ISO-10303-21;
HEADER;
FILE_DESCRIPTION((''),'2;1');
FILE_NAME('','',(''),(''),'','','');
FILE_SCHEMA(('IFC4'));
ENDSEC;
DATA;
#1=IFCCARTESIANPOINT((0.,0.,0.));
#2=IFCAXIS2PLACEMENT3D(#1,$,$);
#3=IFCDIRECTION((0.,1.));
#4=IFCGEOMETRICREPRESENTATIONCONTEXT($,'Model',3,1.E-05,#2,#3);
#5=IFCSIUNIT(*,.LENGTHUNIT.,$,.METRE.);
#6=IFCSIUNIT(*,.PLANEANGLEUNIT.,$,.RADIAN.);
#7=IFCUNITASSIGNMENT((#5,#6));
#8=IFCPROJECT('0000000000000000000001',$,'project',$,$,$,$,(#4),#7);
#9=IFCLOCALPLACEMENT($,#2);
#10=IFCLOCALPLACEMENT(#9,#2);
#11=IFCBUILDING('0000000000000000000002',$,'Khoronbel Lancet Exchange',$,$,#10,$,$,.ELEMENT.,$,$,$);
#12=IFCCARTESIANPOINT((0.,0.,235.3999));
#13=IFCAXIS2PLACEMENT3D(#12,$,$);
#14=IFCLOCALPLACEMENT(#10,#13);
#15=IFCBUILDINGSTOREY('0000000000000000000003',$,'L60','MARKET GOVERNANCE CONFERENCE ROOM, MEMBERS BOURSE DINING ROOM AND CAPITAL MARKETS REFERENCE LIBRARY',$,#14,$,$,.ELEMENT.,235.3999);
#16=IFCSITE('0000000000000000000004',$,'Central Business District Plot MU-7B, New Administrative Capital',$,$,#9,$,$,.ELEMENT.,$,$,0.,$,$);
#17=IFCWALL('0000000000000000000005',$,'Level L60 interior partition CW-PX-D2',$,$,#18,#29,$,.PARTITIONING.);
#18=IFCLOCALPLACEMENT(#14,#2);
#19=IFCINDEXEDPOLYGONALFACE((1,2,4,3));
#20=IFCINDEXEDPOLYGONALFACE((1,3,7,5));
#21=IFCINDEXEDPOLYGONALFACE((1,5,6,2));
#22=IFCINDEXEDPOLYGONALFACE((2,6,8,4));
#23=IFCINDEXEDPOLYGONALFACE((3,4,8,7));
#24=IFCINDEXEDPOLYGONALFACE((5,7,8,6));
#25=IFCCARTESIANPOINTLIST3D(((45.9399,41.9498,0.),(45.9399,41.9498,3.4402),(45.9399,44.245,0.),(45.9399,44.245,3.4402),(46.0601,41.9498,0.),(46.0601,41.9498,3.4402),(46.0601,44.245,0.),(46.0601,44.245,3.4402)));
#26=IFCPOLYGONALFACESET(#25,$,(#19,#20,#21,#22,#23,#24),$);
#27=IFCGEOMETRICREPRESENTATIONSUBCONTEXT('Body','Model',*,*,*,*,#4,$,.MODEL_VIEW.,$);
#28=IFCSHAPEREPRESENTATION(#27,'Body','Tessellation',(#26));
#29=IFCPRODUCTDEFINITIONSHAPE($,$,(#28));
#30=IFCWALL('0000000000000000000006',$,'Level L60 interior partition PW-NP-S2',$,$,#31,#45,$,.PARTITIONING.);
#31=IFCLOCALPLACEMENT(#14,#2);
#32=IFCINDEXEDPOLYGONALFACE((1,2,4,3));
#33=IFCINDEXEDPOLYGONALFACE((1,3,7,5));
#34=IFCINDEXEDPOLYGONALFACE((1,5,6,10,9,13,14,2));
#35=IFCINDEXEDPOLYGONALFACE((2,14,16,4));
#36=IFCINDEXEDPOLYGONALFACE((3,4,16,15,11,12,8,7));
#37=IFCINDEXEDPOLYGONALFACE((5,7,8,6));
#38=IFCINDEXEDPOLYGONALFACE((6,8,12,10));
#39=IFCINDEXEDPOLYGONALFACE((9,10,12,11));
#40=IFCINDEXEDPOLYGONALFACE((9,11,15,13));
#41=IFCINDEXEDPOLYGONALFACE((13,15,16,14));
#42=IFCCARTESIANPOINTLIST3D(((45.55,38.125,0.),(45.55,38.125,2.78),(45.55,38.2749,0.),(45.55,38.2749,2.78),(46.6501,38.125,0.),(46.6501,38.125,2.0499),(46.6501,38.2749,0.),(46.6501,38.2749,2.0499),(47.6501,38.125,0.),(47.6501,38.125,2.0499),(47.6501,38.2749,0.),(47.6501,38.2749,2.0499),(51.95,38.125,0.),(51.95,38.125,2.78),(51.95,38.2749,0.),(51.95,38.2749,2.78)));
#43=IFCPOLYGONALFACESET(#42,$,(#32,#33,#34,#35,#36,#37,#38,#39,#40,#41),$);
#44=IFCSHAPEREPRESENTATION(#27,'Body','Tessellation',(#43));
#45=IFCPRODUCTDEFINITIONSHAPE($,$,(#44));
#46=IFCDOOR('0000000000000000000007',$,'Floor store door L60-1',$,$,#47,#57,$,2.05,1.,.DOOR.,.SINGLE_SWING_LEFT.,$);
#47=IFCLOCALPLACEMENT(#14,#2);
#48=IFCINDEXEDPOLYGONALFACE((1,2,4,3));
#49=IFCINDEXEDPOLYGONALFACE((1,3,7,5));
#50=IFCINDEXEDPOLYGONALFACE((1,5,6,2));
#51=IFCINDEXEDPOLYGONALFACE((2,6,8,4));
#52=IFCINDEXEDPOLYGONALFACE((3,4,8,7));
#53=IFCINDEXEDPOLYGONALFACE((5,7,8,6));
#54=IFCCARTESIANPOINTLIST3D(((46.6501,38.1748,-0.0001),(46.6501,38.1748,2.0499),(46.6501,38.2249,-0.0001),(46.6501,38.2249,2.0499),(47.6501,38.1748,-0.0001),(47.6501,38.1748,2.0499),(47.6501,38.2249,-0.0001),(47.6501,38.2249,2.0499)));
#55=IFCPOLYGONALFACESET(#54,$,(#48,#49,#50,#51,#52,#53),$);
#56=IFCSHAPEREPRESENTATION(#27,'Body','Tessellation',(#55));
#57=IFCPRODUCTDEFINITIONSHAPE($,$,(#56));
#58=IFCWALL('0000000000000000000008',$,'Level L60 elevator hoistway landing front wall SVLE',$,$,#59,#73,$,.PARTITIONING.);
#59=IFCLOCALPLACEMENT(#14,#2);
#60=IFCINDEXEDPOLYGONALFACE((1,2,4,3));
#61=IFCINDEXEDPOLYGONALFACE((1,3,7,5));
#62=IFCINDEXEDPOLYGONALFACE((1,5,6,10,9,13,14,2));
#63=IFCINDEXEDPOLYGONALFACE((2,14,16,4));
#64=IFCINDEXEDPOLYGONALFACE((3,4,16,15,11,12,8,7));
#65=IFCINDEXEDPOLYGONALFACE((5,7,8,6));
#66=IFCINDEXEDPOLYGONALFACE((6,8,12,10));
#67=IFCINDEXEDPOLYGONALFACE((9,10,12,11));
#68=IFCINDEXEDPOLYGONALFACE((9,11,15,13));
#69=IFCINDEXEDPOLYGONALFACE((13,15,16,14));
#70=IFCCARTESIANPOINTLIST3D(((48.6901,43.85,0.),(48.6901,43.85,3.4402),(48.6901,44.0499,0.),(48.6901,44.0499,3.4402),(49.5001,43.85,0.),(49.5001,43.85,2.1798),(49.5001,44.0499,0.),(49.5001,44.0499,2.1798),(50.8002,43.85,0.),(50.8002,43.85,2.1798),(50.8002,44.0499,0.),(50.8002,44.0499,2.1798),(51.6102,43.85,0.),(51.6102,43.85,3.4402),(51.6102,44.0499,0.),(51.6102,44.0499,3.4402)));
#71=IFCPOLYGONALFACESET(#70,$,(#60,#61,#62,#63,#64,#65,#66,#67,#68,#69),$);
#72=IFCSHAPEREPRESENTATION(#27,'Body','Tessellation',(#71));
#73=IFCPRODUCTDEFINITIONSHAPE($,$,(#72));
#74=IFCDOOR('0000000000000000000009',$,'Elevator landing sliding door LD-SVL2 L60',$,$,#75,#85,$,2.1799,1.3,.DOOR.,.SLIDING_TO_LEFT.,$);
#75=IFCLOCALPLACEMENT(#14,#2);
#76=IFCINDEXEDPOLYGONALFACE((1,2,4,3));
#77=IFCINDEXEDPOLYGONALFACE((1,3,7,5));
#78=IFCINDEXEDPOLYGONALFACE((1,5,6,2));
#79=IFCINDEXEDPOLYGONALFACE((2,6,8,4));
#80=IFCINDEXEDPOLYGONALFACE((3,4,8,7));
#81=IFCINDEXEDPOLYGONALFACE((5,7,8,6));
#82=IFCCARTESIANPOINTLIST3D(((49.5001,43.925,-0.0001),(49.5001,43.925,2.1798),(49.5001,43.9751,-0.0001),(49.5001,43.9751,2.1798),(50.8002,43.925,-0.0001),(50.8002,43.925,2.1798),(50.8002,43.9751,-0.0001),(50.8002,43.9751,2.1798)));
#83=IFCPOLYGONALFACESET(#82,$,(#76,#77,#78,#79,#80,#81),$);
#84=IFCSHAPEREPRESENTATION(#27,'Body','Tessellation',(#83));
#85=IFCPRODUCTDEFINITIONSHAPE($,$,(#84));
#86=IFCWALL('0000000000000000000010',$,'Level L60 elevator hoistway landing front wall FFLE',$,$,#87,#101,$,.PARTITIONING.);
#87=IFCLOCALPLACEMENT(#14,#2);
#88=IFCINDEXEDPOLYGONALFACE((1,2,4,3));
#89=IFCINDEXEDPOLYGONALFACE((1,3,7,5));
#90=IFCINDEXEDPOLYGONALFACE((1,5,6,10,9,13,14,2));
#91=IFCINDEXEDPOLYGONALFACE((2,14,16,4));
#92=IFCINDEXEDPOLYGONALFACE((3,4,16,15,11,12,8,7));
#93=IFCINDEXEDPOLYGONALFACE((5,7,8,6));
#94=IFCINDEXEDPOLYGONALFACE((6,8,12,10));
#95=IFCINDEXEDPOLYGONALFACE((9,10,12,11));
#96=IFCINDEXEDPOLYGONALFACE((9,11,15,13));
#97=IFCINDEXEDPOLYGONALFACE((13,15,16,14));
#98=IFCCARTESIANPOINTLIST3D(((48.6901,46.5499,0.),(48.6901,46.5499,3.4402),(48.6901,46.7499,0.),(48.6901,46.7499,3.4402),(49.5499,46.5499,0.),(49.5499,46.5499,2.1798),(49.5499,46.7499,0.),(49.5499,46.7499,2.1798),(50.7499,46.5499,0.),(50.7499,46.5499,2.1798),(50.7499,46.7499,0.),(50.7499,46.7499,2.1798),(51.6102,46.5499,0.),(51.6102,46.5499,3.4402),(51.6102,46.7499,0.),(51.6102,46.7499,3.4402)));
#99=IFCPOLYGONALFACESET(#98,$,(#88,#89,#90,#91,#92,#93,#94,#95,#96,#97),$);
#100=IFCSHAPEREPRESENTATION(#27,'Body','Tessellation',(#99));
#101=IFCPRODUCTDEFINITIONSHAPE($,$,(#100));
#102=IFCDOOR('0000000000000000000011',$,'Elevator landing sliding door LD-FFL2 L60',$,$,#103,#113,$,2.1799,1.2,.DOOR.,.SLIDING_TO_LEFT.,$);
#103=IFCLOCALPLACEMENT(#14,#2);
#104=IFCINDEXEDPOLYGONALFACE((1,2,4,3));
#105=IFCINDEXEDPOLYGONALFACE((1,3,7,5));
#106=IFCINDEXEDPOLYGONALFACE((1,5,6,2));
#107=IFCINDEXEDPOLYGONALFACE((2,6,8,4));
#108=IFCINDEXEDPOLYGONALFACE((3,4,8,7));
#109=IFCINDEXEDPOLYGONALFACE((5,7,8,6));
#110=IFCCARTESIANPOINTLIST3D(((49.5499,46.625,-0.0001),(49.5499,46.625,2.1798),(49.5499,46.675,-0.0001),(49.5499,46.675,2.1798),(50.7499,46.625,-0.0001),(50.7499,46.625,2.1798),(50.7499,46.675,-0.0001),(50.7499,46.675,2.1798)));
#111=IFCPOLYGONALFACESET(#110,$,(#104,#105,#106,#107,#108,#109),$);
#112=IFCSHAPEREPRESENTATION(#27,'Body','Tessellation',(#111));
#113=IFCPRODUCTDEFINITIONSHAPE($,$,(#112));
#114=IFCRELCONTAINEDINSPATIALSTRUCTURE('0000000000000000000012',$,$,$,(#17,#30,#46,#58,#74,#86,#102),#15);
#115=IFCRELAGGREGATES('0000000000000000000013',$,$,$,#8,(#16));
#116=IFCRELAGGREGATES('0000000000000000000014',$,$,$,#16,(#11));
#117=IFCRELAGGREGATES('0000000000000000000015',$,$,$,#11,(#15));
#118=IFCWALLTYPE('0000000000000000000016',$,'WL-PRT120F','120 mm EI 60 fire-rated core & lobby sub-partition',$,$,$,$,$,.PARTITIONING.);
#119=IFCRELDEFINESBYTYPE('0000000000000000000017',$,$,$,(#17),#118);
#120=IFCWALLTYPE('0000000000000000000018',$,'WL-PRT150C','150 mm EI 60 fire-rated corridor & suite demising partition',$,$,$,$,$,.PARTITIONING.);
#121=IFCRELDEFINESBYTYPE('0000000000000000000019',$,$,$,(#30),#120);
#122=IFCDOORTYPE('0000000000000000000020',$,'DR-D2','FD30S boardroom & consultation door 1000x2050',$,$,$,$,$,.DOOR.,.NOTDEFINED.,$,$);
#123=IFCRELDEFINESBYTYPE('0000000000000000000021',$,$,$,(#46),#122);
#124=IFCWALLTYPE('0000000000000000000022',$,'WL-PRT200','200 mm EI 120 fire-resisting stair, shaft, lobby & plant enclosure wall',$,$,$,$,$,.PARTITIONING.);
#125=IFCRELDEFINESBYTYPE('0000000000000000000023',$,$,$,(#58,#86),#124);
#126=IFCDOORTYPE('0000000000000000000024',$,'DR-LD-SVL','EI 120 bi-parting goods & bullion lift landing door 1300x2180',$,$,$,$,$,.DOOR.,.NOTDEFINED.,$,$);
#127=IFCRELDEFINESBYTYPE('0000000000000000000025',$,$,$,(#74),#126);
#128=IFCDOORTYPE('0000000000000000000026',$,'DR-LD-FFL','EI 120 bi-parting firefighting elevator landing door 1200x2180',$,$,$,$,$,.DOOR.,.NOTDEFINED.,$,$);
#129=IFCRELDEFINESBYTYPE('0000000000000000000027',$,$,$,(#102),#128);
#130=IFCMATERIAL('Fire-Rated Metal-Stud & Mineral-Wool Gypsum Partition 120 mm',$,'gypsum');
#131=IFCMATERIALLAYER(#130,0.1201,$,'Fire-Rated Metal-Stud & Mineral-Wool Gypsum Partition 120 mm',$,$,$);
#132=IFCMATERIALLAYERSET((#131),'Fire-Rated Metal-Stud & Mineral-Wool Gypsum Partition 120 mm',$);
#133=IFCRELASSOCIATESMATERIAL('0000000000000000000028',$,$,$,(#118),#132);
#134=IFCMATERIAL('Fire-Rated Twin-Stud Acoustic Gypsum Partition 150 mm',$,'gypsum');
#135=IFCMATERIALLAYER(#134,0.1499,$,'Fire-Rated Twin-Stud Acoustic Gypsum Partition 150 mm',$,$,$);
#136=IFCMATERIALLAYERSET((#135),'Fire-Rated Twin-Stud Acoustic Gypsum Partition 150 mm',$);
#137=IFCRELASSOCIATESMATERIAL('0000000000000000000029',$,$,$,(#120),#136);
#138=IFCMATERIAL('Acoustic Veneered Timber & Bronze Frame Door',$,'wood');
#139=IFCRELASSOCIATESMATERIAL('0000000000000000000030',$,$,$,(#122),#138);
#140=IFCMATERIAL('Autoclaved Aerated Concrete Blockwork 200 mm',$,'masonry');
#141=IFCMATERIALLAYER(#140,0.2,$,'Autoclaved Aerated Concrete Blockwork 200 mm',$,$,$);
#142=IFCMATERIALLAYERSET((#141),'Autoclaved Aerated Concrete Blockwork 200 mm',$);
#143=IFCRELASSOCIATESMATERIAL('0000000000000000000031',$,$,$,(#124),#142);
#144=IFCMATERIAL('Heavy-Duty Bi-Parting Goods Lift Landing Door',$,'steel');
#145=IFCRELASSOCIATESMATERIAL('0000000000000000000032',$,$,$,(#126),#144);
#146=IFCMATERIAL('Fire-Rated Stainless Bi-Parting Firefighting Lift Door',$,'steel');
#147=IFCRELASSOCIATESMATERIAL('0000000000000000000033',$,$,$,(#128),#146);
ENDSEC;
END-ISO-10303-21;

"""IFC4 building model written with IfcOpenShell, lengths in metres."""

from ifc_helpers import new_model, si_unit, direction, frame, frame_2d, origin, place, context, subcontext, project, spatial, rectangle, extrude, material, layer, layer_set, type_object, element, fill, save


model = new_model("IFC4")

# Units and contexts
model_context = context("Model", 3, precision=1e-05, world=origin(), true_north=direction((0.0, 1.0)))
body_context = subcontext(model_context, "Body", "Model", "MODEL_VIEW")
ifc_project = project(units=[si_unit("LENGTHUNIT", "METRE"), si_unit("PLANEANGLEUNIT", "RADIAN")], contexts=[model_context])

# Site, building, storey
site_placement = place(None, origin())
site = spatial("IfcSite", under=ifc_project, at=site_placement, Name="Central Business District Plot MU-7B, New Administrative Capital", CompositionType="ELEMENT", RefElevation=0.0)
building_placement = place(site_placement, origin())
building = spatial("IfcBuilding", under=site, at=building_placement, Name="Khoronbel Lancet Exchange", CompositionType="ELEMENT")
storey_placement = place(building_placement, frame((0.0, 0.0, 235.3999)))
storey = spatial("IfcBuildingStorey", under=building, at=storey_placement, Name="L60", Description="MARKET GOVERNANCE CONFERENCE ROOM, MEMBERS BOURSE DINING ROOM AND CAPITAL MARKETS REFERENCE LIBRARY", CompositionType="ELEMENT", Elevation=235.3999)

# Wall
ifc_material_1 = material(Name="Fire-Rated Metal-Stud & Mineral-Wool Gypsum Partition 120 mm", Category="gypsum")
ifc_layer_1 = layer(ifc_material_1, 0.1201, Name="Fire-Rated Metal-Stud & Mineral-Wool Gypsum Partition 120 mm")
ifc_layer_set_1 = layer_set([ifc_layer_1], Name="Fire-Rated Metal-Stud & Mineral-Wool Gypsum Partition 120 mm")
wall_type_1 = type_object("IfcWallType", Name="WL-PRT120F", Description="120 mm EI 60 fire-rated core & lobby sub-partition", PredefinedType="PARTITIONING", material=ifc_layer_set_1)
for number, where, z_axis, x_axis, name in (
    (1, (46.0, 41.95, 0.0), (0.0, 0.0, 1.0), (0.0, 1.0, 0.0), "Level L60 interior partition CW-PX-D2"),
):
    element("IfcWall", number, at=place(storey_placement, frame(where, z_axis=z_axis, x_axis=x_axis)), inside=storey, type_object=wall_type_1, Name=name, PredefinedType="PARTITIONING", context=body_context, shape_type="SweptSolid", body=[
        extrude(rectangle(XDim=2.2952, YDim=0.1201, at=frame_2d((1.1475, 0.0))), origin(), (0.0, 0.0, 1.0), 3.4402),
    ])

# Walls, openings, doors
ifc_material_2 = material(Name="Fire-Rated Twin-Stud Acoustic Gypsum Partition 150 mm", Category="gypsum")
ifc_layer_2 = layer(ifc_material_2, 0.1499, Name="Fire-Rated Twin-Stud Acoustic Gypsum Partition 150 mm")
ifc_layer_set_2 = layer_set([ifc_layer_2], Name="Fire-Rated Twin-Stud Acoustic Gypsum Partition 150 mm")
wall_type_2 = type_object("IfcWallType", Name="WL-PRT150C", Description="150 mm EI 60 fire-rated corridor & suite demising partition", PredefinedType="PARTITIONING", material=ifc_layer_set_2)
wall_1_placement = place(storey_placement, frame((45.55, 38.2, 0.0), z_axis=(0.0, 0.0, 1.0), x_axis=(1.0, 0.0, 0.0)))
wall_1 = element("IfcWall", 2, at=wall_1_placement, inside=storey, type_object=wall_type_2, Name="Level L60 interior partition PW-NP-S2", PredefinedType="PARTITIONING", context=body_context, shape_type="SweptSolid", body=[
    extrude(rectangle(XDim=6.3999, YDim=0.1499, at=frame_2d((3.2, 0.0))), origin(), (0.0, 0.0, 1.0), 2.78),
])
opening_1_placement = place(wall_1_placement, frame((1.1001, 0.0, 0.0)))
opening_1 = element("IfcOpeningElement", 3, at=opening_1_placement, cuts=wall_1, PredefinedType="OPENING", context=body_context, shape_type="SweptSolid", body=[
    extrude(rectangle(XDim=1.0, YDim=2.05, at=frame_2d((0.5, 1.0249))), frame((0.0, 0.085, 0.0), z_axis=(0.0, -1.0, 0.0), x_axis=(1.0, 0.0, 0.0)), (0.0, 0.0, 1.0), 0.1699),
])
ifc_material_3 = material(Name="Acoustic Veneered Timber & Bronze Frame Door", Category="wood")
door_type_1 = type_object("IfcDoorType", Name="DR-D2", Description="FD30S boardroom & consultation door 1000x2050", OperationType="NOTDEFINED", PredefinedType="DOOR", material=ifc_material_3)
door_1_placement = place(opening_1_placement, origin())
door_1 = element("IfcDoor", 4, at=door_1_placement, inside=storey, type_object=door_type_1, Name="Floor store door L60-1", OperationType="SINGLE_SWING_LEFT", OverallHeight=2.05, OverallWidth=1.0, PredefinedType="DOOR", context=body_context, shape_type="SweptSolid", body=[
    extrude(rectangle(XDim=1.0, YDim=2.05, at=frame_2d((0.5, 1.0249))), frame((0.0, 0.0249, 0.0), z_axis=(0.0, -1.0, 0.0), x_axis=(1.0, 0.0, 0.0)), (0.0, 0.0, 1.0), 0.05),
])
fill(opening_1, door_1)
ifc_material_4 = material(Name="Autoclaved Aerated Concrete Blockwork 200 mm", Category="masonry")
ifc_layer_3 = layer(ifc_material_4, 0.2, Name="Autoclaved Aerated Concrete Blockwork 200 mm")
ifc_layer_set_3 = layer_set([ifc_layer_3], Name="Autoclaved Aerated Concrete Blockwork 200 mm")
wall_type_3 = type_object("IfcWallType", Name="WL-PRT200", Description="200 mm EI 120 fire-resisting stair, shaft, lobby & plant enclosure wall", PredefinedType="PARTITIONING", material=ifc_layer_set_3)
wall_2_placement = place(storey_placement, frame((51.6101, 43.95, 0.0), z_axis=(0.0, 0.0, 1.0), x_axis=(-1.0, 0.0, 0.0)))
wall_2 = element("IfcWall", 5, at=wall_2_placement, inside=storey, type_object=wall_type_3, Name="Level L60 elevator hoistway landing front wall SVLE", PredefinedType="PARTITIONING", context=body_context, shape_type="SweptSolid", body=[
    extrude(rectangle(XDim=2.9202, YDim=0.2, at=frame_2d((1.46, 0.0))), origin(), (0.0, 0.0, 1.0), 3.4402),
])
opening_2_placement = place(wall_2_placement, frame((0.8101, 0.0, 0.0)))
opening_2 = element("IfcOpeningElement", 6, at=opening_2_placement, cuts=wall_2, PredefinedType="OPENING", context=body_context, shape_type="SweptSolid", body=[
    extrude(rectangle(XDim=1.3, YDim=2.1799, at=frame_2d((0.6499, 1.0898))), frame((0.0, 0.1099, 0.0), z_axis=(0.0, -1.0, 0.0), x_axis=(1.0, 0.0, 0.0)), (0.0, 0.0, 1.0), 0.22),
])
ifc_material_5 = material(Name="Heavy-Duty Bi-Parting Goods Lift Landing Door", Category="steel")
door_type_2 = type_object("IfcDoorType", Name="DR-LD-SVL", Description="EI 120 bi-parting goods & bullion lift landing door 1300x2180", OperationType="NOTDEFINED", PredefinedType="DOOR", material=ifc_material_5)
door_2_placement = place(opening_2_placement, origin())
door_2 = element("IfcDoor", 7, at=door_2_placement, inside=storey, type_object=door_type_2, Name="Elevator landing sliding door LD-SVL2 L60", OperationType="SLIDING_TO_LEFT", OverallHeight=2.1799, OverallWidth=1.3, PredefinedType="DOOR", context=body_context, shape_type="SweptSolid", body=[
    extrude(rectangle(XDim=1.3, YDim=2.1799, at=frame_2d((0.6499, 1.0898))), frame((0.0, 0.0249, 0.0), z_axis=(0.0, -1.0, 0.0), x_axis=(1.0, 0.0, 0.0)), (0.0, 0.0, 1.0), 0.05),
])
fill(opening_2, door_2)
wall_3_placement = place(storey_placement, frame((51.6101, 46.6499, 0.0), z_axis=(0.0, 0.0, 1.0), x_axis=(-1.0, 0.0, 0.0)))
wall_3 = element("IfcWall", 8, at=wall_3_placement, inside=storey, type_object=wall_type_3, Name="Level L60 elevator hoistway landing front wall FFLE", PredefinedType="PARTITIONING", context=body_context, shape_type="SweptSolid", body=[
    extrude(rectangle(XDim=2.9202, YDim=0.2, at=frame_2d((1.46, 0.0))), origin(), (0.0, 0.0, 1.0), 3.4402),
])
opening_3_placement = place(wall_3_placement, frame((0.8601, 0.0, 0.0)))
opening_3 = element("IfcOpeningElement", 9, at=opening_3_placement, cuts=wall_3, PredefinedType="OPENING", context=body_context, shape_type="SweptSolid", body=[
    extrude(rectangle(XDim=1.2, YDim=2.1799, at=frame_2d((0.6001, 1.0898))), frame((0.0, 0.1099, 0.0), z_axis=(0.0, -1.0, 0.0), x_axis=(1.0, 0.0, 0.0)), (0.0, 0.0, 1.0), 0.22),
])
ifc_material_6 = material(Name="Fire-Rated Stainless Bi-Parting Firefighting Lift Door", Category="steel")
door_type_3 = type_object("IfcDoorType", Name="DR-LD-FFL", Description="EI 120 bi-parting firefighting elevator landing door 1200x2180", OperationType="NOTDEFINED", PredefinedType="DOOR", material=ifc_material_6)
door_3_placement = place(opening_3_placement, origin())
door_3 = element("IfcDoor", 10, at=door_3_placement, inside=storey, type_object=door_type_3, Name="Elevator landing sliding door LD-FFL2 L60", OperationType="SLIDING_TO_LEFT", OverallHeight=2.1799, OverallWidth=1.2, PredefinedType="DOOR", context=body_context, shape_type="SweptSolid", body=[
    extrude(rectangle(XDim=1.2, YDim=2.1799, at=frame_2d((0.6001, 1.0898))), frame((0.0, 0.0249, 0.0), z_axis=(0.0, -1.0, 0.0), x_axis=(1.0, 0.0, 0.0)), (0.0, 0.0, 1.0), 0.05),
])
fill(opening_3, door_3)

save(model, "model.ifc")
